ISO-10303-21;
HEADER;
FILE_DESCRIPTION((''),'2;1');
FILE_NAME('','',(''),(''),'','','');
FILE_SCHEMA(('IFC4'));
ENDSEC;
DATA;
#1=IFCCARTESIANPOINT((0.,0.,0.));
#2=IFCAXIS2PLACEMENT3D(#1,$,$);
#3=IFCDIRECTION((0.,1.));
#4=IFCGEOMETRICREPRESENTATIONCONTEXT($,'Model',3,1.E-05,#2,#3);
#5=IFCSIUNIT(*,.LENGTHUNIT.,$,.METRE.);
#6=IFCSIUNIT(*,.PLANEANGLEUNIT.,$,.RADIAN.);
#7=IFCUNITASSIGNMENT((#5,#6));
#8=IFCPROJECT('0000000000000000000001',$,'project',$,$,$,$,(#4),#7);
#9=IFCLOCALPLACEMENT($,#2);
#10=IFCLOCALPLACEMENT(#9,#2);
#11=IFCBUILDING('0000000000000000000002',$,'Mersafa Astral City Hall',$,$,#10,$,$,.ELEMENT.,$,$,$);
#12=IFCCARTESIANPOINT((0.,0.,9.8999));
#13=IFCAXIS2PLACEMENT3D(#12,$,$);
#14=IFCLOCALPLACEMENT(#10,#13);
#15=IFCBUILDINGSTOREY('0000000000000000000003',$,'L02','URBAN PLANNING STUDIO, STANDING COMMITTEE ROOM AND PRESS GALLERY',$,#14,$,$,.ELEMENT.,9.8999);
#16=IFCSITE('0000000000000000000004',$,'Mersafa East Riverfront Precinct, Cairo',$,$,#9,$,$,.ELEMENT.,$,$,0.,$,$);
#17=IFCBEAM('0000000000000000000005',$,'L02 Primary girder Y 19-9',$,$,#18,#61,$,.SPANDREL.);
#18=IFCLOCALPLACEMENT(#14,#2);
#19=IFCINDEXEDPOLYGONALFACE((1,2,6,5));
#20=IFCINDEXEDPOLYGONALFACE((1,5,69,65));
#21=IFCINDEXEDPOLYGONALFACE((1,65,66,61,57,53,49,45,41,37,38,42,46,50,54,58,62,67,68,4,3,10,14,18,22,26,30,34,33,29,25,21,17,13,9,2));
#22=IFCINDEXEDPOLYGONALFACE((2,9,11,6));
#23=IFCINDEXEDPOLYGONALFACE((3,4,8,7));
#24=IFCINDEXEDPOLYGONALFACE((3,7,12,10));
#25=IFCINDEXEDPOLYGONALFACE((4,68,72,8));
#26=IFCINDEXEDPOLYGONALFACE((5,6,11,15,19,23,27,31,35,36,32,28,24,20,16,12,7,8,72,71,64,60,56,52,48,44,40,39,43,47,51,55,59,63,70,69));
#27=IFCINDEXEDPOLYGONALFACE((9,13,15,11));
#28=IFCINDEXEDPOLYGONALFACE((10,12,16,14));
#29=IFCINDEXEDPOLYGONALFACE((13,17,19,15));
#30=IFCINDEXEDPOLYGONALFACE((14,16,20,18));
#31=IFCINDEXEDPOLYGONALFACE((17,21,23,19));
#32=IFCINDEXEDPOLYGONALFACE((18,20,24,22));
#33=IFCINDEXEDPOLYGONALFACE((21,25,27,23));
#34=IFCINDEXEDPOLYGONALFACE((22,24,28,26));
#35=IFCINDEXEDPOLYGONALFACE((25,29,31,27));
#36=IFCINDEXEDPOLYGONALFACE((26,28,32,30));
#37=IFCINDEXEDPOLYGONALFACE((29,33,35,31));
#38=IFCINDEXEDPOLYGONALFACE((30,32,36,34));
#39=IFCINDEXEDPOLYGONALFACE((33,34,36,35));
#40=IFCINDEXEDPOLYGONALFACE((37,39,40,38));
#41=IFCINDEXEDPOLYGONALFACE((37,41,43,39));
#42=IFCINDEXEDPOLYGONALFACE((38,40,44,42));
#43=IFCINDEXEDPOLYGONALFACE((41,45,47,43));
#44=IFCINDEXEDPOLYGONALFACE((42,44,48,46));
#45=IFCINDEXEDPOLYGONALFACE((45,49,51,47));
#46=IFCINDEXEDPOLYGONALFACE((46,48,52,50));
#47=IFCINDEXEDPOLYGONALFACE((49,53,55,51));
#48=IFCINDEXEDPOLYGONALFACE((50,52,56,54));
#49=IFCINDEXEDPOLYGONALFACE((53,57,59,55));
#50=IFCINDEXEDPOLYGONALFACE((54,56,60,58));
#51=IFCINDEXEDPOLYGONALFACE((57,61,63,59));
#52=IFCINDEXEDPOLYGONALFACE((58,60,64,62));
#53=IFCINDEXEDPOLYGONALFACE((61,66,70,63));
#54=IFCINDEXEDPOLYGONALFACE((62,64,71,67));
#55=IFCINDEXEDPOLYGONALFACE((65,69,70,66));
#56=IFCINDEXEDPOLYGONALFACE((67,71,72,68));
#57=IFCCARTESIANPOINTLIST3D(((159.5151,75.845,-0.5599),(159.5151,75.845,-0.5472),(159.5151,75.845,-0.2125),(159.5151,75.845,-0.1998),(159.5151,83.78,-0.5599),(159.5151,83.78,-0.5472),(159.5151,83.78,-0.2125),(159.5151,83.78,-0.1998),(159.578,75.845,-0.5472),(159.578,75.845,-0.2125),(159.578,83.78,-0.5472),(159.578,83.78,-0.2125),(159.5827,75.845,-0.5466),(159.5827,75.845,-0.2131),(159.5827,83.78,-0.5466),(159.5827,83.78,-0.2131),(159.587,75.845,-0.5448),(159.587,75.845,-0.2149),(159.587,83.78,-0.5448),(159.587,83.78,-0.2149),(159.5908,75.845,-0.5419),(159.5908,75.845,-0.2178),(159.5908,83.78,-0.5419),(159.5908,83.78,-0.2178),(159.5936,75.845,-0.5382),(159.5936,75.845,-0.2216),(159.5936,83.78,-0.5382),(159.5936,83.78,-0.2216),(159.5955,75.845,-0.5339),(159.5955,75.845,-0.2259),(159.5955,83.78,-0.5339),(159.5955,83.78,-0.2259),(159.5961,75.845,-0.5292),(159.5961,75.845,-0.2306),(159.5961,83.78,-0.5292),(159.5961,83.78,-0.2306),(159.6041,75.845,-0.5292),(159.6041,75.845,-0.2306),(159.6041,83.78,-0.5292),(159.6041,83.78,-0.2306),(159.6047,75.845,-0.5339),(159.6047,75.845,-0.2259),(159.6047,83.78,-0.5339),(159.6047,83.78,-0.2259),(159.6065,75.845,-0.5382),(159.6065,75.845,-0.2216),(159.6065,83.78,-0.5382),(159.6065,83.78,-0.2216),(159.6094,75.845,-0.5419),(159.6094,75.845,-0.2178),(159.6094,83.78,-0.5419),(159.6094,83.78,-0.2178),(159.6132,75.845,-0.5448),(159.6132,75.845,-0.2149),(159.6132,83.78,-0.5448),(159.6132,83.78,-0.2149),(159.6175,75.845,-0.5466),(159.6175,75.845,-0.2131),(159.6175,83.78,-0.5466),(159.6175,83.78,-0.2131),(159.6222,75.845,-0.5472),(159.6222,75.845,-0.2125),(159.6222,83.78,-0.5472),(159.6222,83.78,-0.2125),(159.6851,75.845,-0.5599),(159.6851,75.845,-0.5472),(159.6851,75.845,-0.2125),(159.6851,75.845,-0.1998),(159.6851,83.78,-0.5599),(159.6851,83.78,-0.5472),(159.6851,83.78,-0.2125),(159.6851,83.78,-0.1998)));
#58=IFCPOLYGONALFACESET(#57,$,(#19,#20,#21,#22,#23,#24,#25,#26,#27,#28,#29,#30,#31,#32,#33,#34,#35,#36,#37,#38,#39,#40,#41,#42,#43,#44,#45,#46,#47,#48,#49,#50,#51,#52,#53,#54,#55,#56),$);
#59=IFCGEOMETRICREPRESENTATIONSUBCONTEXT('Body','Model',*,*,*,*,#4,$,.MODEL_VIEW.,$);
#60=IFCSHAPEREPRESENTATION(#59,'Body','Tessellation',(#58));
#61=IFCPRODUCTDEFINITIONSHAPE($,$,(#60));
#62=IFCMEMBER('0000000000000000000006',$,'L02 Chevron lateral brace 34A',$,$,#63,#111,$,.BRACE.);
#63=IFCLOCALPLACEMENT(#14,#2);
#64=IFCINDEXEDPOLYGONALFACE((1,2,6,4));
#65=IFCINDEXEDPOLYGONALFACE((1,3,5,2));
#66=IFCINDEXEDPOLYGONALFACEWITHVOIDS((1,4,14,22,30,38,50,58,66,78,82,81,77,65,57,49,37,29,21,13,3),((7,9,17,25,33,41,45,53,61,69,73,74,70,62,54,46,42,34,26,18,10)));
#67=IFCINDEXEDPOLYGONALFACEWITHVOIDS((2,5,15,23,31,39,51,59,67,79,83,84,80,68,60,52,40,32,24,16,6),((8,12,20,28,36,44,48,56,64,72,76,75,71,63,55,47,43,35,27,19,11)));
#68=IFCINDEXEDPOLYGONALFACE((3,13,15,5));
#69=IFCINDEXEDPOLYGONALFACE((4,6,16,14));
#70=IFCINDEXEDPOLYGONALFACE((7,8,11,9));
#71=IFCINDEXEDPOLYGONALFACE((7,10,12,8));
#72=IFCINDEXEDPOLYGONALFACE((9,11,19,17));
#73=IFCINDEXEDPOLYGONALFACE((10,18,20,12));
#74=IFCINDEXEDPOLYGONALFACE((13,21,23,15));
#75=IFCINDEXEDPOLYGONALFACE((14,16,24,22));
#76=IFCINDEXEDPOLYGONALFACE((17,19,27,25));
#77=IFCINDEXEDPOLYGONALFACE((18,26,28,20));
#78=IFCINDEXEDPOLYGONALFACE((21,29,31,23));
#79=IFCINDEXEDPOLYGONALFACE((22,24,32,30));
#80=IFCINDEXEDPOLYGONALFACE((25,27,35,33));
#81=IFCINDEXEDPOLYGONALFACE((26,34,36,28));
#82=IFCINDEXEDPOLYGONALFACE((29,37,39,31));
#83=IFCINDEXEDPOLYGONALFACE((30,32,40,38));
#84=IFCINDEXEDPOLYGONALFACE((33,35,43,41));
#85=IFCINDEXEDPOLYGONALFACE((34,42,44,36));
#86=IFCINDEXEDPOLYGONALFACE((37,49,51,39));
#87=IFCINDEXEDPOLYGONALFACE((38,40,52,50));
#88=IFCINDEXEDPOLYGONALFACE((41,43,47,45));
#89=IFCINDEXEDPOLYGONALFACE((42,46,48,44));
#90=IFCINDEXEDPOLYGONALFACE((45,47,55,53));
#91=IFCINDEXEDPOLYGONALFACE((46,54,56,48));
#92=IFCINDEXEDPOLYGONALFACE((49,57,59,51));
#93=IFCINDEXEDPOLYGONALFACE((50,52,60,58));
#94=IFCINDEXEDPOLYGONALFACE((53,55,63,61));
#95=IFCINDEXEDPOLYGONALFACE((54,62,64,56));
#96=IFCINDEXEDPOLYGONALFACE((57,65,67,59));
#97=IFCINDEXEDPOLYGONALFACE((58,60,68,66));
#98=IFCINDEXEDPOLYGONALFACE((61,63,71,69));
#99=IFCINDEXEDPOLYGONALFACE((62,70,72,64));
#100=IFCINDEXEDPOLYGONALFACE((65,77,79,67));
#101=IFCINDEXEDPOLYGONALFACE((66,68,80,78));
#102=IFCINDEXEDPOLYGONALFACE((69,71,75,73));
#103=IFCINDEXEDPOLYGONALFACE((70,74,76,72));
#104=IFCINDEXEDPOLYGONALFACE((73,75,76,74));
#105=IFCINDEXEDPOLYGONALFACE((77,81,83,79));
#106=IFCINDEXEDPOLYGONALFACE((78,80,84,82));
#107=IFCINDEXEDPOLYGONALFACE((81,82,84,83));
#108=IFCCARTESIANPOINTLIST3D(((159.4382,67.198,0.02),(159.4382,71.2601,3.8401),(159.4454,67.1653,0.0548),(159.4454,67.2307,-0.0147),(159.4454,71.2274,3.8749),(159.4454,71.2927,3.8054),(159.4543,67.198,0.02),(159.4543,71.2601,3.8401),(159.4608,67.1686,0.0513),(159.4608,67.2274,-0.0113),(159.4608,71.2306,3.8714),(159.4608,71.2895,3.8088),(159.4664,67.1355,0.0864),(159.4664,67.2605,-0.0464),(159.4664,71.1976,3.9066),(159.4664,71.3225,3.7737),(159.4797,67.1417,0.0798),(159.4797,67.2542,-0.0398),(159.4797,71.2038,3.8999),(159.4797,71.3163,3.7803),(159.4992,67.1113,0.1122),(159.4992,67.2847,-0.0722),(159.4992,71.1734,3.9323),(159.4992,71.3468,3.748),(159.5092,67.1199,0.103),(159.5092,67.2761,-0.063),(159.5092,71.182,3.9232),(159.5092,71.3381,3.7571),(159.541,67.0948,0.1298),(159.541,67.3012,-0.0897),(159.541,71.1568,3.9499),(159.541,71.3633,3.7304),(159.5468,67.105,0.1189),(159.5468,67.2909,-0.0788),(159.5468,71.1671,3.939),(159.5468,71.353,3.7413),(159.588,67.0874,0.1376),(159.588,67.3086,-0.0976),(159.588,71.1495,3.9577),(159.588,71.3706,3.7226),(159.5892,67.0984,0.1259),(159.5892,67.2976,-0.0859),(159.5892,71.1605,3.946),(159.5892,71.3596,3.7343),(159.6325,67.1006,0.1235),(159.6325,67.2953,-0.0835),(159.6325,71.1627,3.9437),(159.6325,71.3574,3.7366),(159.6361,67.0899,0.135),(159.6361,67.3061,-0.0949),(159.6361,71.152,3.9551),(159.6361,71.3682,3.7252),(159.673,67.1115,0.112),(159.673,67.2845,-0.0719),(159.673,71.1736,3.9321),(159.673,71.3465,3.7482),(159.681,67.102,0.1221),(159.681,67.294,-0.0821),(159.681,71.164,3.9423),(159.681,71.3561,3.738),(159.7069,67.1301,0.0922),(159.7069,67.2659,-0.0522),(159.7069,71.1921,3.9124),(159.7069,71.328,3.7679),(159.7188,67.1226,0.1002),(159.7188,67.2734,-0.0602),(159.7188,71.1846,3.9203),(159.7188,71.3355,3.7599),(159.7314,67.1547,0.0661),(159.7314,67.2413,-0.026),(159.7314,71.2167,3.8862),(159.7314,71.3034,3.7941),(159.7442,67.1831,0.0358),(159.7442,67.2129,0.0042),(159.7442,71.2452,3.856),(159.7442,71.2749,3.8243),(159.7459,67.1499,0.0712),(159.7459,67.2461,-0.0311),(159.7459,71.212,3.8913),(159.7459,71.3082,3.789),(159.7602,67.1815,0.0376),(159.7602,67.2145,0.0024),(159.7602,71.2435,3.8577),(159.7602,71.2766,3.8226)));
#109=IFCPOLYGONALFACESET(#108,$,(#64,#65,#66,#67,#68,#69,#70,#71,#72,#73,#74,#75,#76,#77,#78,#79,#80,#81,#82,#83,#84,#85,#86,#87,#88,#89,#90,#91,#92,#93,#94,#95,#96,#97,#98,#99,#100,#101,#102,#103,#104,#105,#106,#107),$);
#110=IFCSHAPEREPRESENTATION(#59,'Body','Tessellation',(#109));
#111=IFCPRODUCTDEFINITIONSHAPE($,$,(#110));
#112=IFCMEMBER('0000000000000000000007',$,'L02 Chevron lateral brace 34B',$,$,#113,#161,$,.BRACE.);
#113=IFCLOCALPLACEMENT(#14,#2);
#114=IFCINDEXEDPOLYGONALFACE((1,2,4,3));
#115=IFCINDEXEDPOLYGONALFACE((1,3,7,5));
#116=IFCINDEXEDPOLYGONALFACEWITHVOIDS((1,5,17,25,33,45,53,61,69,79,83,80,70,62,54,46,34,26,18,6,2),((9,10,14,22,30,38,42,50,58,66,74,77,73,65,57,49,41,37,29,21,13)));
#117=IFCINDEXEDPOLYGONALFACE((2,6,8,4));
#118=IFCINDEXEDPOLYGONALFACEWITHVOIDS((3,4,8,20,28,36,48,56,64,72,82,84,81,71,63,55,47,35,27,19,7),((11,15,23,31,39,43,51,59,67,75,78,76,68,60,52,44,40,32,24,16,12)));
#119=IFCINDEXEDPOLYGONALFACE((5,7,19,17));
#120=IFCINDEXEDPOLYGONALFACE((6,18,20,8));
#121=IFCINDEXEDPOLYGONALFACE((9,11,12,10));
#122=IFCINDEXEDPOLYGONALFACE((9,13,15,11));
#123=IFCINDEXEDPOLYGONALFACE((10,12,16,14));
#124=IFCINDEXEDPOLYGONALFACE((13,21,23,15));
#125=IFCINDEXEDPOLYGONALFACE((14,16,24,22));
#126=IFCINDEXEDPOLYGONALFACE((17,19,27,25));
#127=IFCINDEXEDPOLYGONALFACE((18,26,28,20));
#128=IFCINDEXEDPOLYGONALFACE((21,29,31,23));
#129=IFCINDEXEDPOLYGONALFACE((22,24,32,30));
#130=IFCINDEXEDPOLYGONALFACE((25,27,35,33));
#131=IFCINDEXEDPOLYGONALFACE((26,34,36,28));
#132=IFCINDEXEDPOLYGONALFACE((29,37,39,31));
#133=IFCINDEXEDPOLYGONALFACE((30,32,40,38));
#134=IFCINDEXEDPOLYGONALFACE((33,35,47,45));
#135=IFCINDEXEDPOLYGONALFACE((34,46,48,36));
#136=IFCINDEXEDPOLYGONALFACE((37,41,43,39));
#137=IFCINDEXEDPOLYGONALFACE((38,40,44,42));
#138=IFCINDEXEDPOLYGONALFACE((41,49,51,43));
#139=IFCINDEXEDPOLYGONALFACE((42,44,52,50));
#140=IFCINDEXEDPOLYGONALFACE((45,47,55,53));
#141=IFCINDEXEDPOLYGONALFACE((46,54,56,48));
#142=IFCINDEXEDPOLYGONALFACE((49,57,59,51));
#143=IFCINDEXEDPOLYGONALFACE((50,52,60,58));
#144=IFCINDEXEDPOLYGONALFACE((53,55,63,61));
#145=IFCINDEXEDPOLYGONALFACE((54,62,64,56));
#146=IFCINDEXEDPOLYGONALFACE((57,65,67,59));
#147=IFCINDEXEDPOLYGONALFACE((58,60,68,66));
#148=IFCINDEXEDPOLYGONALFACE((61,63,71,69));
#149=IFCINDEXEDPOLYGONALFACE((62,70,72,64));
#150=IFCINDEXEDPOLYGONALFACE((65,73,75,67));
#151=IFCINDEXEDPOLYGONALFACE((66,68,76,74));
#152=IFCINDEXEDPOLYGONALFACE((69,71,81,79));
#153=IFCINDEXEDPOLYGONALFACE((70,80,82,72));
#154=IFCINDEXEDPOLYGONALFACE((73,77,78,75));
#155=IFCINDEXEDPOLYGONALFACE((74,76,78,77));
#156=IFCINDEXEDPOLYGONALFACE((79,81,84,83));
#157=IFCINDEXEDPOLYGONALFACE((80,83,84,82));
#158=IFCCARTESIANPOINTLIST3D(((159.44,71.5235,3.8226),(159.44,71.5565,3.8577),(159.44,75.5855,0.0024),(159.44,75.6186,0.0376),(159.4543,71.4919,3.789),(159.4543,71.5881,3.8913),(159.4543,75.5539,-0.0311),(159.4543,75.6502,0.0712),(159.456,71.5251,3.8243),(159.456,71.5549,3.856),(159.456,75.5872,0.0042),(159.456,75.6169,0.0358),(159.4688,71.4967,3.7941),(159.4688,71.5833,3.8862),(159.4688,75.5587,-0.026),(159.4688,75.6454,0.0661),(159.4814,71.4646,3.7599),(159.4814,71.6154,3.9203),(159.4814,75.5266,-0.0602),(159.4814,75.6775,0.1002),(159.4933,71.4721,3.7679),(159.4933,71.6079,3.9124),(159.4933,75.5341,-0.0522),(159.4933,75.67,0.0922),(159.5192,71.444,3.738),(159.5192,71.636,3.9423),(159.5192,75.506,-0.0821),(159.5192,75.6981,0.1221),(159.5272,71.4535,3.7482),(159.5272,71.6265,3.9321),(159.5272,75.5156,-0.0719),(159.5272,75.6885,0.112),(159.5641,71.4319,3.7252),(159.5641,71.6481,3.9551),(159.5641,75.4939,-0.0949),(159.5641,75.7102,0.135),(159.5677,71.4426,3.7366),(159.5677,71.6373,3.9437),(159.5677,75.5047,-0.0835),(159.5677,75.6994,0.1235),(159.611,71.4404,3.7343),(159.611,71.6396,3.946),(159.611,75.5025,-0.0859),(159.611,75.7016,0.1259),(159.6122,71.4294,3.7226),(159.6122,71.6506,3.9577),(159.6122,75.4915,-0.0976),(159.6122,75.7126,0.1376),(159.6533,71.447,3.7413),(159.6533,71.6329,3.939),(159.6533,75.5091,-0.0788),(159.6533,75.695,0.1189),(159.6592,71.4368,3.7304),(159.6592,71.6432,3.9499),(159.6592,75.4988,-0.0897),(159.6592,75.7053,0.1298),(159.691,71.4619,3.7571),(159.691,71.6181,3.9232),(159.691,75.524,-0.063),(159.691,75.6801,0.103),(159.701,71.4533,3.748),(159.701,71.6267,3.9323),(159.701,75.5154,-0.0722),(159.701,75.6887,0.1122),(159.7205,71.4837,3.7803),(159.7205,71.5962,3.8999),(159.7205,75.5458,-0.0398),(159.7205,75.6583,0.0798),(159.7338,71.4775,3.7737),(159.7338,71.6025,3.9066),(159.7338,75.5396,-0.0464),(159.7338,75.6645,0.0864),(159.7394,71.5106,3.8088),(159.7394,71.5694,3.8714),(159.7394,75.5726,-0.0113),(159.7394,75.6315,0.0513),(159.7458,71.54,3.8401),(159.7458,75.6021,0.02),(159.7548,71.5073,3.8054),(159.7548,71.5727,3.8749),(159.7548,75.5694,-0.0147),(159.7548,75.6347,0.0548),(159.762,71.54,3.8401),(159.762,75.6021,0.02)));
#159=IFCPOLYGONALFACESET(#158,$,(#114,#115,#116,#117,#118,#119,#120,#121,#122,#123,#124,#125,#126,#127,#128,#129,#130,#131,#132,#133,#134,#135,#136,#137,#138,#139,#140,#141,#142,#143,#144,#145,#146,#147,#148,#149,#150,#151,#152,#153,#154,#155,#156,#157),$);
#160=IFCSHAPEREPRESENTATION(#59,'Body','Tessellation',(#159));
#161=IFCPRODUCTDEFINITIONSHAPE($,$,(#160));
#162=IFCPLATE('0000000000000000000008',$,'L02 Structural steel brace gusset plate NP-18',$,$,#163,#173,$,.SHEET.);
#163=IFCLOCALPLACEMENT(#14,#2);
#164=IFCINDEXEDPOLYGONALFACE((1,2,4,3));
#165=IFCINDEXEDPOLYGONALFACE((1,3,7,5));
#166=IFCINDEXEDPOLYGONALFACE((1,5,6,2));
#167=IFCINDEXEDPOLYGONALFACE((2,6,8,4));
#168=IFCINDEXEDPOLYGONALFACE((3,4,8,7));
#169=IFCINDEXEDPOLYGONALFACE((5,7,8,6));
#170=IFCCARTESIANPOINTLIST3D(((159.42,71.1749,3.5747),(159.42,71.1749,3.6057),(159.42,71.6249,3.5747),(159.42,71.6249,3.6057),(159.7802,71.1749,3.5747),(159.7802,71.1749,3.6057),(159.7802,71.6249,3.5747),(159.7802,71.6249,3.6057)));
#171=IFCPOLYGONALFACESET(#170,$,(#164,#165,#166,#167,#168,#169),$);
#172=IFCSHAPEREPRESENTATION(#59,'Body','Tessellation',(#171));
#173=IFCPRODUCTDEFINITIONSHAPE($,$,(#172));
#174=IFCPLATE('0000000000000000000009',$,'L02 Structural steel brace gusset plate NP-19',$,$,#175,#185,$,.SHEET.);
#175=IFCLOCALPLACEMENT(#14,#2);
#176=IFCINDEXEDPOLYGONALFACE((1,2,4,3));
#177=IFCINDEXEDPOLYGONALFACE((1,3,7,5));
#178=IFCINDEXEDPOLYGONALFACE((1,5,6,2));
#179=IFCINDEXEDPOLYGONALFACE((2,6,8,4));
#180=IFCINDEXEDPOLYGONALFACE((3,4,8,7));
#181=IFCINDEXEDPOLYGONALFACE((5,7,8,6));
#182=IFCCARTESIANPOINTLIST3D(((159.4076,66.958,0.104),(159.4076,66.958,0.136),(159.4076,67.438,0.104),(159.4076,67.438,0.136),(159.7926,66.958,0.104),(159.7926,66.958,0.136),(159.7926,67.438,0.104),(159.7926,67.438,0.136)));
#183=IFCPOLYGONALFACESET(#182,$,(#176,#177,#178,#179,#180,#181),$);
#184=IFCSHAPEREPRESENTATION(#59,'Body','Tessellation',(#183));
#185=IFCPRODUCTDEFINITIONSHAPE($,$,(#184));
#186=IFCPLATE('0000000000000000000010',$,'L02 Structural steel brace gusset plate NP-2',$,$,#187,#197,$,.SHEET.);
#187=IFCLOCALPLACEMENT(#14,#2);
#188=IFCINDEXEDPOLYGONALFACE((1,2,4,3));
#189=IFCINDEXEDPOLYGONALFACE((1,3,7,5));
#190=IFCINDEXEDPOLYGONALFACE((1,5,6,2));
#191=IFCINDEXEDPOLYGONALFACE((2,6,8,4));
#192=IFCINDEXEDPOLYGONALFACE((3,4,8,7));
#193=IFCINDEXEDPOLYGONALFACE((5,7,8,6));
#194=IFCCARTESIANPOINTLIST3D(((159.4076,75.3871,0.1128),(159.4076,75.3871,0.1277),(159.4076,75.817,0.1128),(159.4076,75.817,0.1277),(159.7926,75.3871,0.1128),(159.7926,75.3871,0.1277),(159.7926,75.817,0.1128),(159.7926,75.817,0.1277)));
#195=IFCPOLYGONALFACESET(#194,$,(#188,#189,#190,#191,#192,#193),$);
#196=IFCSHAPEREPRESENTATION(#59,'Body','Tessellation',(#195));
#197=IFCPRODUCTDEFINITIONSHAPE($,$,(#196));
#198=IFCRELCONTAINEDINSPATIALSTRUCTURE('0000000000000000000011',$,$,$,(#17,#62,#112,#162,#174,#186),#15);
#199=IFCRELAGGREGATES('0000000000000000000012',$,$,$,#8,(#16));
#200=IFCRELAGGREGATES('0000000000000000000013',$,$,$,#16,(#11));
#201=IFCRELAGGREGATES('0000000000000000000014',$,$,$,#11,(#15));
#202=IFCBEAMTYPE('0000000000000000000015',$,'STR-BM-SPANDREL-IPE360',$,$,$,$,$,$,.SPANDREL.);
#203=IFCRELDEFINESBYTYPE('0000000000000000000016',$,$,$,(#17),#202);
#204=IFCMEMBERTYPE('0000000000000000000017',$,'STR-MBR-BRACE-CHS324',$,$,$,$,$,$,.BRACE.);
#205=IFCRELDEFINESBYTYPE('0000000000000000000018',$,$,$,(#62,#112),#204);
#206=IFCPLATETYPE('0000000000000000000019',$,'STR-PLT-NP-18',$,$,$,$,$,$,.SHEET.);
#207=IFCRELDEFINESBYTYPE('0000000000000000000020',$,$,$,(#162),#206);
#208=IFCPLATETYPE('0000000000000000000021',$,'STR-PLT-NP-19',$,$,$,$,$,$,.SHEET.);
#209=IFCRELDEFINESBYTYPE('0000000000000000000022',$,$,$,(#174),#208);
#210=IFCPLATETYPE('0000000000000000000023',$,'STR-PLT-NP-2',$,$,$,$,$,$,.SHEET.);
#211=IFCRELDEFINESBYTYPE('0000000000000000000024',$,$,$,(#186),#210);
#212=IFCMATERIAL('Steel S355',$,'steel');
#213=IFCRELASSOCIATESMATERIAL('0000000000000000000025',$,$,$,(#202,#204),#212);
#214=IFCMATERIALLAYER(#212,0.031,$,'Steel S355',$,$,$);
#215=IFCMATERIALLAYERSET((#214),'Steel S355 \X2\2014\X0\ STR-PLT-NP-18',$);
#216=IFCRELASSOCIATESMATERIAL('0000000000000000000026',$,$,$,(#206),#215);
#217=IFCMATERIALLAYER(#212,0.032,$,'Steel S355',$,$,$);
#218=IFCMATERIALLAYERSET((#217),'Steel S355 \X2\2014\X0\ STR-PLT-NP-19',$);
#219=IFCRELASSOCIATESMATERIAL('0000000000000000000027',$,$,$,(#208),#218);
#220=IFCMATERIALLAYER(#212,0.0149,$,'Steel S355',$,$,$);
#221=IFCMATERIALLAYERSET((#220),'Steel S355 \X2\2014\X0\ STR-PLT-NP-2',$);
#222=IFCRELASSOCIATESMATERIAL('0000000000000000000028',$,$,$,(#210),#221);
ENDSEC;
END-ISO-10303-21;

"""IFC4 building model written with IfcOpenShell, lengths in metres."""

from ifc_helpers import new_model, si_unit, direction, frame, origin, origin_2d, place, context, subcontext, project, spatial, rectangle, hollow_circle, i_section, extrude, material, layer, layer_set, material_profile, profile_set, type_object, element, save


model = new_model("IFC4")

# Units and contexts
model_context = context("Model", 3, precision=1e-05, world=origin(), true_north=direction((0.0, 1.0)))
body_context = subcontext(model_context, "Body", "Model", "MODEL_VIEW")
ifc_project = project(units=[si_unit("LENGTHUNIT", "METRE"), si_unit("PLANEANGLEUNIT", "RADIAN")], contexts=[model_context])

# Site, building, storey
site_placement = place(None, origin())
site = spatial("IfcSite", under=ifc_project, at=site_placement, Name="Mersafa East Riverfront Precinct, Cairo", CompositionType="ELEMENT", RefElevation=0.0)
building_placement = place(site_placement, origin())
building = spatial("IfcBuilding", under=site, at=building_placement, Name="Mersafa Astral City Hall", CompositionType="ELEMENT")
storey_placement = place(building_placement, frame((0.0, 0.0, 9.8999)))
storey = spatial("IfcBuildingStorey", under=building, at=storey_placement, Name="L02", Description="URBAN PLANNING STUDIO, STANDING COMMITTEE ROOM AND PRESS GALLERY", CompositionType="ELEMENT", Elevation=9.8999)

# Shared definitions
ifc_material_1 = material(Name="Steel S355", Category="steel")

# Beam
ifc_material_profile_1 = material_profile(ifc_material_1, i_section(OverallWidth=0.1699, OverallDepth=0.3601, WebThickness=0.0081, FlangeThickness=0.0127, FilletRadius=0.0181, at=origin_2d()), Name="IPE 360")
ifc_profile_set_1 = profile_set([ifc_material_profile_1], Name="Steel S355")
beam_type_1 = type_object("IfcBeamType", Name="STR-BM-SPANDREL-IPE360", PredefinedType="SPANDREL", material=ifc_profile_set_1)
beam_1_placement = place(storey_placement, frame((159.6001, 75.845, -0.3799), z_axis=(0.0, 1.0, 0.0), x_axis=(-1.0, 0.0, 0.0)))
element("IfcBeam", 1, at=beam_1_placement, inside=storey, type_object=beam_type_1, Name="L02 Primary girder Y 19-9", PredefinedType="SPANDREL", context=body_context, shape_type="SweptSolid", body=[
    extrude(i_section(OverallWidth=0.1699, OverallDepth=0.3601, WebThickness=0.0081, FlangeThickness=0.0127, FilletRadius=0.0181, at=origin_2d()), origin(), (0.0, 0.0, 1.0), 7.9351),
])

# Members
ifc_material_profile_2 = material_profile(ifc_material_1, hollow_circle(Radius=0.1619, WallThickness=0.0161, at=origin_2d()), Name="CHS 323.9x16")
ifc_profile_set_2 = profile_set([ifc_material_profile_2], Name="Steel S355")
member_type = type_object("IfcMemberType", Name="STR-MBR-BRACE-CHS324", PredefinedType="BRACE", material=ifc_profile_set_2)
for number, where, z_axis, x_axis, name in (
    (2, (159.6001, 67.198, 0.02), (0.0, 0.728469, 0.685079), (-1.0, 0.0, 0.0), "L02 Chevron lateral brace 34A"),
    (3, (159.6001, 75.6021, 0.02), (0.0, -0.728469, 0.685079), (1.0, 0.0, 0.0), "L02 Chevron lateral brace 34B"),
):
    element("IfcMember", number, at=place(storey_placement, frame(where, z_axis=z_axis, x_axis=x_axis)), inside=storey, type_object=member_type, Name=name, PredefinedType="BRACE", context=body_context, shape_type="SweptSolid", body=[
        extrude(hollow_circle(Radius=0.1619, WallThickness=0.0161, at=origin_2d()), origin(), (0.0, 0.0, 1.0), 5.5762),
    ])

# Plates
ifc_layer_1 = layer(ifc_material_1, 0.031, Name="Steel S355")
ifc_layer_set_1 = layer_set([ifc_layer_1], Name="Steel S355 — STR-PLT-NP-18")
plate_type_1 = type_object("IfcPlateType", Name="STR-PLT-NP-18", PredefinedType="SHEET", material=ifc_layer_set_1)
plate_1_placement = place(storey_placement, frame((159.6001, 71.3999, 3.5747), z_axis=(0.0, 0.0, 1.0), x_axis=(1.0, 0.0, 0.0)))
element("IfcPlate", 4, at=plate_1_placement, inside=storey, type_object=plate_type_1, Name="L02 Structural steel brace gusset plate NP-18", PredefinedType="SHEET", context=body_context, shape_type="SweptSolid", body=[
    extrude(rectangle(XDim=0.3601, YDim=0.45, at=origin_2d()), origin(), (0.0, 0.0, 1.0), 0.031),
])
ifc_layer_2 = layer(ifc_material_1, 0.032, Name="Steel S355")
ifc_layer_set_2 = layer_set([ifc_layer_2], Name="Steel S355 — STR-PLT-NP-19")
plate_type_2 = type_object("IfcPlateType", Name="STR-PLT-NP-19", PredefinedType="SHEET", material=ifc_layer_set_2)
plate_2_placement = place(storey_placement, frame((159.6001, 67.198, 0.104), z_axis=(0.0, 0.0, 1.0), x_axis=(1.0, 0.0, 0.0)))
element("IfcPlate", 5, at=plate_2_placement, inside=storey, type_object=plate_type_2, Name="L02 Structural steel brace gusset plate NP-19", PredefinedType="SHEET", context=body_context, shape_type="SweptSolid", body=[
    extrude(rectangle(XDim=0.385, YDim=0.48, at=origin_2d()), origin(), (0.0, 0.0, 1.0), 0.032),
])
ifc_layer_3 = layer(ifc_material_1, 0.0149, Name="Steel S355")
ifc_layer_set_3 = layer_set([ifc_layer_3], Name="Steel S355 — STR-PLT-NP-2")
plate_type_3 = type_object("IfcPlateType", Name="STR-PLT-NP-2", PredefinedType="SHEET", material=ifc_layer_set_3)
plate_3_placement = place(storey_placement, frame((159.6001, 75.6021, 0.1128), z_axis=(0.0, 0.0, 1.0), x_axis=(1.0, 0.0, 0.0)))
element("IfcPlate", 6, at=plate_3_placement, inside=storey, type_object=plate_type_3, Name="L02 Structural steel brace gusset plate NP-2", PredefinedType="SHEET", context=body_context, shape_type="SweptSolid", body=[
    extrude(rectangle(XDim=0.385, YDim=0.4299, at=origin_2d()), origin(), (0.0, 0.0, 1.0), 0.0149),
])

save(model, "model.ifc")
